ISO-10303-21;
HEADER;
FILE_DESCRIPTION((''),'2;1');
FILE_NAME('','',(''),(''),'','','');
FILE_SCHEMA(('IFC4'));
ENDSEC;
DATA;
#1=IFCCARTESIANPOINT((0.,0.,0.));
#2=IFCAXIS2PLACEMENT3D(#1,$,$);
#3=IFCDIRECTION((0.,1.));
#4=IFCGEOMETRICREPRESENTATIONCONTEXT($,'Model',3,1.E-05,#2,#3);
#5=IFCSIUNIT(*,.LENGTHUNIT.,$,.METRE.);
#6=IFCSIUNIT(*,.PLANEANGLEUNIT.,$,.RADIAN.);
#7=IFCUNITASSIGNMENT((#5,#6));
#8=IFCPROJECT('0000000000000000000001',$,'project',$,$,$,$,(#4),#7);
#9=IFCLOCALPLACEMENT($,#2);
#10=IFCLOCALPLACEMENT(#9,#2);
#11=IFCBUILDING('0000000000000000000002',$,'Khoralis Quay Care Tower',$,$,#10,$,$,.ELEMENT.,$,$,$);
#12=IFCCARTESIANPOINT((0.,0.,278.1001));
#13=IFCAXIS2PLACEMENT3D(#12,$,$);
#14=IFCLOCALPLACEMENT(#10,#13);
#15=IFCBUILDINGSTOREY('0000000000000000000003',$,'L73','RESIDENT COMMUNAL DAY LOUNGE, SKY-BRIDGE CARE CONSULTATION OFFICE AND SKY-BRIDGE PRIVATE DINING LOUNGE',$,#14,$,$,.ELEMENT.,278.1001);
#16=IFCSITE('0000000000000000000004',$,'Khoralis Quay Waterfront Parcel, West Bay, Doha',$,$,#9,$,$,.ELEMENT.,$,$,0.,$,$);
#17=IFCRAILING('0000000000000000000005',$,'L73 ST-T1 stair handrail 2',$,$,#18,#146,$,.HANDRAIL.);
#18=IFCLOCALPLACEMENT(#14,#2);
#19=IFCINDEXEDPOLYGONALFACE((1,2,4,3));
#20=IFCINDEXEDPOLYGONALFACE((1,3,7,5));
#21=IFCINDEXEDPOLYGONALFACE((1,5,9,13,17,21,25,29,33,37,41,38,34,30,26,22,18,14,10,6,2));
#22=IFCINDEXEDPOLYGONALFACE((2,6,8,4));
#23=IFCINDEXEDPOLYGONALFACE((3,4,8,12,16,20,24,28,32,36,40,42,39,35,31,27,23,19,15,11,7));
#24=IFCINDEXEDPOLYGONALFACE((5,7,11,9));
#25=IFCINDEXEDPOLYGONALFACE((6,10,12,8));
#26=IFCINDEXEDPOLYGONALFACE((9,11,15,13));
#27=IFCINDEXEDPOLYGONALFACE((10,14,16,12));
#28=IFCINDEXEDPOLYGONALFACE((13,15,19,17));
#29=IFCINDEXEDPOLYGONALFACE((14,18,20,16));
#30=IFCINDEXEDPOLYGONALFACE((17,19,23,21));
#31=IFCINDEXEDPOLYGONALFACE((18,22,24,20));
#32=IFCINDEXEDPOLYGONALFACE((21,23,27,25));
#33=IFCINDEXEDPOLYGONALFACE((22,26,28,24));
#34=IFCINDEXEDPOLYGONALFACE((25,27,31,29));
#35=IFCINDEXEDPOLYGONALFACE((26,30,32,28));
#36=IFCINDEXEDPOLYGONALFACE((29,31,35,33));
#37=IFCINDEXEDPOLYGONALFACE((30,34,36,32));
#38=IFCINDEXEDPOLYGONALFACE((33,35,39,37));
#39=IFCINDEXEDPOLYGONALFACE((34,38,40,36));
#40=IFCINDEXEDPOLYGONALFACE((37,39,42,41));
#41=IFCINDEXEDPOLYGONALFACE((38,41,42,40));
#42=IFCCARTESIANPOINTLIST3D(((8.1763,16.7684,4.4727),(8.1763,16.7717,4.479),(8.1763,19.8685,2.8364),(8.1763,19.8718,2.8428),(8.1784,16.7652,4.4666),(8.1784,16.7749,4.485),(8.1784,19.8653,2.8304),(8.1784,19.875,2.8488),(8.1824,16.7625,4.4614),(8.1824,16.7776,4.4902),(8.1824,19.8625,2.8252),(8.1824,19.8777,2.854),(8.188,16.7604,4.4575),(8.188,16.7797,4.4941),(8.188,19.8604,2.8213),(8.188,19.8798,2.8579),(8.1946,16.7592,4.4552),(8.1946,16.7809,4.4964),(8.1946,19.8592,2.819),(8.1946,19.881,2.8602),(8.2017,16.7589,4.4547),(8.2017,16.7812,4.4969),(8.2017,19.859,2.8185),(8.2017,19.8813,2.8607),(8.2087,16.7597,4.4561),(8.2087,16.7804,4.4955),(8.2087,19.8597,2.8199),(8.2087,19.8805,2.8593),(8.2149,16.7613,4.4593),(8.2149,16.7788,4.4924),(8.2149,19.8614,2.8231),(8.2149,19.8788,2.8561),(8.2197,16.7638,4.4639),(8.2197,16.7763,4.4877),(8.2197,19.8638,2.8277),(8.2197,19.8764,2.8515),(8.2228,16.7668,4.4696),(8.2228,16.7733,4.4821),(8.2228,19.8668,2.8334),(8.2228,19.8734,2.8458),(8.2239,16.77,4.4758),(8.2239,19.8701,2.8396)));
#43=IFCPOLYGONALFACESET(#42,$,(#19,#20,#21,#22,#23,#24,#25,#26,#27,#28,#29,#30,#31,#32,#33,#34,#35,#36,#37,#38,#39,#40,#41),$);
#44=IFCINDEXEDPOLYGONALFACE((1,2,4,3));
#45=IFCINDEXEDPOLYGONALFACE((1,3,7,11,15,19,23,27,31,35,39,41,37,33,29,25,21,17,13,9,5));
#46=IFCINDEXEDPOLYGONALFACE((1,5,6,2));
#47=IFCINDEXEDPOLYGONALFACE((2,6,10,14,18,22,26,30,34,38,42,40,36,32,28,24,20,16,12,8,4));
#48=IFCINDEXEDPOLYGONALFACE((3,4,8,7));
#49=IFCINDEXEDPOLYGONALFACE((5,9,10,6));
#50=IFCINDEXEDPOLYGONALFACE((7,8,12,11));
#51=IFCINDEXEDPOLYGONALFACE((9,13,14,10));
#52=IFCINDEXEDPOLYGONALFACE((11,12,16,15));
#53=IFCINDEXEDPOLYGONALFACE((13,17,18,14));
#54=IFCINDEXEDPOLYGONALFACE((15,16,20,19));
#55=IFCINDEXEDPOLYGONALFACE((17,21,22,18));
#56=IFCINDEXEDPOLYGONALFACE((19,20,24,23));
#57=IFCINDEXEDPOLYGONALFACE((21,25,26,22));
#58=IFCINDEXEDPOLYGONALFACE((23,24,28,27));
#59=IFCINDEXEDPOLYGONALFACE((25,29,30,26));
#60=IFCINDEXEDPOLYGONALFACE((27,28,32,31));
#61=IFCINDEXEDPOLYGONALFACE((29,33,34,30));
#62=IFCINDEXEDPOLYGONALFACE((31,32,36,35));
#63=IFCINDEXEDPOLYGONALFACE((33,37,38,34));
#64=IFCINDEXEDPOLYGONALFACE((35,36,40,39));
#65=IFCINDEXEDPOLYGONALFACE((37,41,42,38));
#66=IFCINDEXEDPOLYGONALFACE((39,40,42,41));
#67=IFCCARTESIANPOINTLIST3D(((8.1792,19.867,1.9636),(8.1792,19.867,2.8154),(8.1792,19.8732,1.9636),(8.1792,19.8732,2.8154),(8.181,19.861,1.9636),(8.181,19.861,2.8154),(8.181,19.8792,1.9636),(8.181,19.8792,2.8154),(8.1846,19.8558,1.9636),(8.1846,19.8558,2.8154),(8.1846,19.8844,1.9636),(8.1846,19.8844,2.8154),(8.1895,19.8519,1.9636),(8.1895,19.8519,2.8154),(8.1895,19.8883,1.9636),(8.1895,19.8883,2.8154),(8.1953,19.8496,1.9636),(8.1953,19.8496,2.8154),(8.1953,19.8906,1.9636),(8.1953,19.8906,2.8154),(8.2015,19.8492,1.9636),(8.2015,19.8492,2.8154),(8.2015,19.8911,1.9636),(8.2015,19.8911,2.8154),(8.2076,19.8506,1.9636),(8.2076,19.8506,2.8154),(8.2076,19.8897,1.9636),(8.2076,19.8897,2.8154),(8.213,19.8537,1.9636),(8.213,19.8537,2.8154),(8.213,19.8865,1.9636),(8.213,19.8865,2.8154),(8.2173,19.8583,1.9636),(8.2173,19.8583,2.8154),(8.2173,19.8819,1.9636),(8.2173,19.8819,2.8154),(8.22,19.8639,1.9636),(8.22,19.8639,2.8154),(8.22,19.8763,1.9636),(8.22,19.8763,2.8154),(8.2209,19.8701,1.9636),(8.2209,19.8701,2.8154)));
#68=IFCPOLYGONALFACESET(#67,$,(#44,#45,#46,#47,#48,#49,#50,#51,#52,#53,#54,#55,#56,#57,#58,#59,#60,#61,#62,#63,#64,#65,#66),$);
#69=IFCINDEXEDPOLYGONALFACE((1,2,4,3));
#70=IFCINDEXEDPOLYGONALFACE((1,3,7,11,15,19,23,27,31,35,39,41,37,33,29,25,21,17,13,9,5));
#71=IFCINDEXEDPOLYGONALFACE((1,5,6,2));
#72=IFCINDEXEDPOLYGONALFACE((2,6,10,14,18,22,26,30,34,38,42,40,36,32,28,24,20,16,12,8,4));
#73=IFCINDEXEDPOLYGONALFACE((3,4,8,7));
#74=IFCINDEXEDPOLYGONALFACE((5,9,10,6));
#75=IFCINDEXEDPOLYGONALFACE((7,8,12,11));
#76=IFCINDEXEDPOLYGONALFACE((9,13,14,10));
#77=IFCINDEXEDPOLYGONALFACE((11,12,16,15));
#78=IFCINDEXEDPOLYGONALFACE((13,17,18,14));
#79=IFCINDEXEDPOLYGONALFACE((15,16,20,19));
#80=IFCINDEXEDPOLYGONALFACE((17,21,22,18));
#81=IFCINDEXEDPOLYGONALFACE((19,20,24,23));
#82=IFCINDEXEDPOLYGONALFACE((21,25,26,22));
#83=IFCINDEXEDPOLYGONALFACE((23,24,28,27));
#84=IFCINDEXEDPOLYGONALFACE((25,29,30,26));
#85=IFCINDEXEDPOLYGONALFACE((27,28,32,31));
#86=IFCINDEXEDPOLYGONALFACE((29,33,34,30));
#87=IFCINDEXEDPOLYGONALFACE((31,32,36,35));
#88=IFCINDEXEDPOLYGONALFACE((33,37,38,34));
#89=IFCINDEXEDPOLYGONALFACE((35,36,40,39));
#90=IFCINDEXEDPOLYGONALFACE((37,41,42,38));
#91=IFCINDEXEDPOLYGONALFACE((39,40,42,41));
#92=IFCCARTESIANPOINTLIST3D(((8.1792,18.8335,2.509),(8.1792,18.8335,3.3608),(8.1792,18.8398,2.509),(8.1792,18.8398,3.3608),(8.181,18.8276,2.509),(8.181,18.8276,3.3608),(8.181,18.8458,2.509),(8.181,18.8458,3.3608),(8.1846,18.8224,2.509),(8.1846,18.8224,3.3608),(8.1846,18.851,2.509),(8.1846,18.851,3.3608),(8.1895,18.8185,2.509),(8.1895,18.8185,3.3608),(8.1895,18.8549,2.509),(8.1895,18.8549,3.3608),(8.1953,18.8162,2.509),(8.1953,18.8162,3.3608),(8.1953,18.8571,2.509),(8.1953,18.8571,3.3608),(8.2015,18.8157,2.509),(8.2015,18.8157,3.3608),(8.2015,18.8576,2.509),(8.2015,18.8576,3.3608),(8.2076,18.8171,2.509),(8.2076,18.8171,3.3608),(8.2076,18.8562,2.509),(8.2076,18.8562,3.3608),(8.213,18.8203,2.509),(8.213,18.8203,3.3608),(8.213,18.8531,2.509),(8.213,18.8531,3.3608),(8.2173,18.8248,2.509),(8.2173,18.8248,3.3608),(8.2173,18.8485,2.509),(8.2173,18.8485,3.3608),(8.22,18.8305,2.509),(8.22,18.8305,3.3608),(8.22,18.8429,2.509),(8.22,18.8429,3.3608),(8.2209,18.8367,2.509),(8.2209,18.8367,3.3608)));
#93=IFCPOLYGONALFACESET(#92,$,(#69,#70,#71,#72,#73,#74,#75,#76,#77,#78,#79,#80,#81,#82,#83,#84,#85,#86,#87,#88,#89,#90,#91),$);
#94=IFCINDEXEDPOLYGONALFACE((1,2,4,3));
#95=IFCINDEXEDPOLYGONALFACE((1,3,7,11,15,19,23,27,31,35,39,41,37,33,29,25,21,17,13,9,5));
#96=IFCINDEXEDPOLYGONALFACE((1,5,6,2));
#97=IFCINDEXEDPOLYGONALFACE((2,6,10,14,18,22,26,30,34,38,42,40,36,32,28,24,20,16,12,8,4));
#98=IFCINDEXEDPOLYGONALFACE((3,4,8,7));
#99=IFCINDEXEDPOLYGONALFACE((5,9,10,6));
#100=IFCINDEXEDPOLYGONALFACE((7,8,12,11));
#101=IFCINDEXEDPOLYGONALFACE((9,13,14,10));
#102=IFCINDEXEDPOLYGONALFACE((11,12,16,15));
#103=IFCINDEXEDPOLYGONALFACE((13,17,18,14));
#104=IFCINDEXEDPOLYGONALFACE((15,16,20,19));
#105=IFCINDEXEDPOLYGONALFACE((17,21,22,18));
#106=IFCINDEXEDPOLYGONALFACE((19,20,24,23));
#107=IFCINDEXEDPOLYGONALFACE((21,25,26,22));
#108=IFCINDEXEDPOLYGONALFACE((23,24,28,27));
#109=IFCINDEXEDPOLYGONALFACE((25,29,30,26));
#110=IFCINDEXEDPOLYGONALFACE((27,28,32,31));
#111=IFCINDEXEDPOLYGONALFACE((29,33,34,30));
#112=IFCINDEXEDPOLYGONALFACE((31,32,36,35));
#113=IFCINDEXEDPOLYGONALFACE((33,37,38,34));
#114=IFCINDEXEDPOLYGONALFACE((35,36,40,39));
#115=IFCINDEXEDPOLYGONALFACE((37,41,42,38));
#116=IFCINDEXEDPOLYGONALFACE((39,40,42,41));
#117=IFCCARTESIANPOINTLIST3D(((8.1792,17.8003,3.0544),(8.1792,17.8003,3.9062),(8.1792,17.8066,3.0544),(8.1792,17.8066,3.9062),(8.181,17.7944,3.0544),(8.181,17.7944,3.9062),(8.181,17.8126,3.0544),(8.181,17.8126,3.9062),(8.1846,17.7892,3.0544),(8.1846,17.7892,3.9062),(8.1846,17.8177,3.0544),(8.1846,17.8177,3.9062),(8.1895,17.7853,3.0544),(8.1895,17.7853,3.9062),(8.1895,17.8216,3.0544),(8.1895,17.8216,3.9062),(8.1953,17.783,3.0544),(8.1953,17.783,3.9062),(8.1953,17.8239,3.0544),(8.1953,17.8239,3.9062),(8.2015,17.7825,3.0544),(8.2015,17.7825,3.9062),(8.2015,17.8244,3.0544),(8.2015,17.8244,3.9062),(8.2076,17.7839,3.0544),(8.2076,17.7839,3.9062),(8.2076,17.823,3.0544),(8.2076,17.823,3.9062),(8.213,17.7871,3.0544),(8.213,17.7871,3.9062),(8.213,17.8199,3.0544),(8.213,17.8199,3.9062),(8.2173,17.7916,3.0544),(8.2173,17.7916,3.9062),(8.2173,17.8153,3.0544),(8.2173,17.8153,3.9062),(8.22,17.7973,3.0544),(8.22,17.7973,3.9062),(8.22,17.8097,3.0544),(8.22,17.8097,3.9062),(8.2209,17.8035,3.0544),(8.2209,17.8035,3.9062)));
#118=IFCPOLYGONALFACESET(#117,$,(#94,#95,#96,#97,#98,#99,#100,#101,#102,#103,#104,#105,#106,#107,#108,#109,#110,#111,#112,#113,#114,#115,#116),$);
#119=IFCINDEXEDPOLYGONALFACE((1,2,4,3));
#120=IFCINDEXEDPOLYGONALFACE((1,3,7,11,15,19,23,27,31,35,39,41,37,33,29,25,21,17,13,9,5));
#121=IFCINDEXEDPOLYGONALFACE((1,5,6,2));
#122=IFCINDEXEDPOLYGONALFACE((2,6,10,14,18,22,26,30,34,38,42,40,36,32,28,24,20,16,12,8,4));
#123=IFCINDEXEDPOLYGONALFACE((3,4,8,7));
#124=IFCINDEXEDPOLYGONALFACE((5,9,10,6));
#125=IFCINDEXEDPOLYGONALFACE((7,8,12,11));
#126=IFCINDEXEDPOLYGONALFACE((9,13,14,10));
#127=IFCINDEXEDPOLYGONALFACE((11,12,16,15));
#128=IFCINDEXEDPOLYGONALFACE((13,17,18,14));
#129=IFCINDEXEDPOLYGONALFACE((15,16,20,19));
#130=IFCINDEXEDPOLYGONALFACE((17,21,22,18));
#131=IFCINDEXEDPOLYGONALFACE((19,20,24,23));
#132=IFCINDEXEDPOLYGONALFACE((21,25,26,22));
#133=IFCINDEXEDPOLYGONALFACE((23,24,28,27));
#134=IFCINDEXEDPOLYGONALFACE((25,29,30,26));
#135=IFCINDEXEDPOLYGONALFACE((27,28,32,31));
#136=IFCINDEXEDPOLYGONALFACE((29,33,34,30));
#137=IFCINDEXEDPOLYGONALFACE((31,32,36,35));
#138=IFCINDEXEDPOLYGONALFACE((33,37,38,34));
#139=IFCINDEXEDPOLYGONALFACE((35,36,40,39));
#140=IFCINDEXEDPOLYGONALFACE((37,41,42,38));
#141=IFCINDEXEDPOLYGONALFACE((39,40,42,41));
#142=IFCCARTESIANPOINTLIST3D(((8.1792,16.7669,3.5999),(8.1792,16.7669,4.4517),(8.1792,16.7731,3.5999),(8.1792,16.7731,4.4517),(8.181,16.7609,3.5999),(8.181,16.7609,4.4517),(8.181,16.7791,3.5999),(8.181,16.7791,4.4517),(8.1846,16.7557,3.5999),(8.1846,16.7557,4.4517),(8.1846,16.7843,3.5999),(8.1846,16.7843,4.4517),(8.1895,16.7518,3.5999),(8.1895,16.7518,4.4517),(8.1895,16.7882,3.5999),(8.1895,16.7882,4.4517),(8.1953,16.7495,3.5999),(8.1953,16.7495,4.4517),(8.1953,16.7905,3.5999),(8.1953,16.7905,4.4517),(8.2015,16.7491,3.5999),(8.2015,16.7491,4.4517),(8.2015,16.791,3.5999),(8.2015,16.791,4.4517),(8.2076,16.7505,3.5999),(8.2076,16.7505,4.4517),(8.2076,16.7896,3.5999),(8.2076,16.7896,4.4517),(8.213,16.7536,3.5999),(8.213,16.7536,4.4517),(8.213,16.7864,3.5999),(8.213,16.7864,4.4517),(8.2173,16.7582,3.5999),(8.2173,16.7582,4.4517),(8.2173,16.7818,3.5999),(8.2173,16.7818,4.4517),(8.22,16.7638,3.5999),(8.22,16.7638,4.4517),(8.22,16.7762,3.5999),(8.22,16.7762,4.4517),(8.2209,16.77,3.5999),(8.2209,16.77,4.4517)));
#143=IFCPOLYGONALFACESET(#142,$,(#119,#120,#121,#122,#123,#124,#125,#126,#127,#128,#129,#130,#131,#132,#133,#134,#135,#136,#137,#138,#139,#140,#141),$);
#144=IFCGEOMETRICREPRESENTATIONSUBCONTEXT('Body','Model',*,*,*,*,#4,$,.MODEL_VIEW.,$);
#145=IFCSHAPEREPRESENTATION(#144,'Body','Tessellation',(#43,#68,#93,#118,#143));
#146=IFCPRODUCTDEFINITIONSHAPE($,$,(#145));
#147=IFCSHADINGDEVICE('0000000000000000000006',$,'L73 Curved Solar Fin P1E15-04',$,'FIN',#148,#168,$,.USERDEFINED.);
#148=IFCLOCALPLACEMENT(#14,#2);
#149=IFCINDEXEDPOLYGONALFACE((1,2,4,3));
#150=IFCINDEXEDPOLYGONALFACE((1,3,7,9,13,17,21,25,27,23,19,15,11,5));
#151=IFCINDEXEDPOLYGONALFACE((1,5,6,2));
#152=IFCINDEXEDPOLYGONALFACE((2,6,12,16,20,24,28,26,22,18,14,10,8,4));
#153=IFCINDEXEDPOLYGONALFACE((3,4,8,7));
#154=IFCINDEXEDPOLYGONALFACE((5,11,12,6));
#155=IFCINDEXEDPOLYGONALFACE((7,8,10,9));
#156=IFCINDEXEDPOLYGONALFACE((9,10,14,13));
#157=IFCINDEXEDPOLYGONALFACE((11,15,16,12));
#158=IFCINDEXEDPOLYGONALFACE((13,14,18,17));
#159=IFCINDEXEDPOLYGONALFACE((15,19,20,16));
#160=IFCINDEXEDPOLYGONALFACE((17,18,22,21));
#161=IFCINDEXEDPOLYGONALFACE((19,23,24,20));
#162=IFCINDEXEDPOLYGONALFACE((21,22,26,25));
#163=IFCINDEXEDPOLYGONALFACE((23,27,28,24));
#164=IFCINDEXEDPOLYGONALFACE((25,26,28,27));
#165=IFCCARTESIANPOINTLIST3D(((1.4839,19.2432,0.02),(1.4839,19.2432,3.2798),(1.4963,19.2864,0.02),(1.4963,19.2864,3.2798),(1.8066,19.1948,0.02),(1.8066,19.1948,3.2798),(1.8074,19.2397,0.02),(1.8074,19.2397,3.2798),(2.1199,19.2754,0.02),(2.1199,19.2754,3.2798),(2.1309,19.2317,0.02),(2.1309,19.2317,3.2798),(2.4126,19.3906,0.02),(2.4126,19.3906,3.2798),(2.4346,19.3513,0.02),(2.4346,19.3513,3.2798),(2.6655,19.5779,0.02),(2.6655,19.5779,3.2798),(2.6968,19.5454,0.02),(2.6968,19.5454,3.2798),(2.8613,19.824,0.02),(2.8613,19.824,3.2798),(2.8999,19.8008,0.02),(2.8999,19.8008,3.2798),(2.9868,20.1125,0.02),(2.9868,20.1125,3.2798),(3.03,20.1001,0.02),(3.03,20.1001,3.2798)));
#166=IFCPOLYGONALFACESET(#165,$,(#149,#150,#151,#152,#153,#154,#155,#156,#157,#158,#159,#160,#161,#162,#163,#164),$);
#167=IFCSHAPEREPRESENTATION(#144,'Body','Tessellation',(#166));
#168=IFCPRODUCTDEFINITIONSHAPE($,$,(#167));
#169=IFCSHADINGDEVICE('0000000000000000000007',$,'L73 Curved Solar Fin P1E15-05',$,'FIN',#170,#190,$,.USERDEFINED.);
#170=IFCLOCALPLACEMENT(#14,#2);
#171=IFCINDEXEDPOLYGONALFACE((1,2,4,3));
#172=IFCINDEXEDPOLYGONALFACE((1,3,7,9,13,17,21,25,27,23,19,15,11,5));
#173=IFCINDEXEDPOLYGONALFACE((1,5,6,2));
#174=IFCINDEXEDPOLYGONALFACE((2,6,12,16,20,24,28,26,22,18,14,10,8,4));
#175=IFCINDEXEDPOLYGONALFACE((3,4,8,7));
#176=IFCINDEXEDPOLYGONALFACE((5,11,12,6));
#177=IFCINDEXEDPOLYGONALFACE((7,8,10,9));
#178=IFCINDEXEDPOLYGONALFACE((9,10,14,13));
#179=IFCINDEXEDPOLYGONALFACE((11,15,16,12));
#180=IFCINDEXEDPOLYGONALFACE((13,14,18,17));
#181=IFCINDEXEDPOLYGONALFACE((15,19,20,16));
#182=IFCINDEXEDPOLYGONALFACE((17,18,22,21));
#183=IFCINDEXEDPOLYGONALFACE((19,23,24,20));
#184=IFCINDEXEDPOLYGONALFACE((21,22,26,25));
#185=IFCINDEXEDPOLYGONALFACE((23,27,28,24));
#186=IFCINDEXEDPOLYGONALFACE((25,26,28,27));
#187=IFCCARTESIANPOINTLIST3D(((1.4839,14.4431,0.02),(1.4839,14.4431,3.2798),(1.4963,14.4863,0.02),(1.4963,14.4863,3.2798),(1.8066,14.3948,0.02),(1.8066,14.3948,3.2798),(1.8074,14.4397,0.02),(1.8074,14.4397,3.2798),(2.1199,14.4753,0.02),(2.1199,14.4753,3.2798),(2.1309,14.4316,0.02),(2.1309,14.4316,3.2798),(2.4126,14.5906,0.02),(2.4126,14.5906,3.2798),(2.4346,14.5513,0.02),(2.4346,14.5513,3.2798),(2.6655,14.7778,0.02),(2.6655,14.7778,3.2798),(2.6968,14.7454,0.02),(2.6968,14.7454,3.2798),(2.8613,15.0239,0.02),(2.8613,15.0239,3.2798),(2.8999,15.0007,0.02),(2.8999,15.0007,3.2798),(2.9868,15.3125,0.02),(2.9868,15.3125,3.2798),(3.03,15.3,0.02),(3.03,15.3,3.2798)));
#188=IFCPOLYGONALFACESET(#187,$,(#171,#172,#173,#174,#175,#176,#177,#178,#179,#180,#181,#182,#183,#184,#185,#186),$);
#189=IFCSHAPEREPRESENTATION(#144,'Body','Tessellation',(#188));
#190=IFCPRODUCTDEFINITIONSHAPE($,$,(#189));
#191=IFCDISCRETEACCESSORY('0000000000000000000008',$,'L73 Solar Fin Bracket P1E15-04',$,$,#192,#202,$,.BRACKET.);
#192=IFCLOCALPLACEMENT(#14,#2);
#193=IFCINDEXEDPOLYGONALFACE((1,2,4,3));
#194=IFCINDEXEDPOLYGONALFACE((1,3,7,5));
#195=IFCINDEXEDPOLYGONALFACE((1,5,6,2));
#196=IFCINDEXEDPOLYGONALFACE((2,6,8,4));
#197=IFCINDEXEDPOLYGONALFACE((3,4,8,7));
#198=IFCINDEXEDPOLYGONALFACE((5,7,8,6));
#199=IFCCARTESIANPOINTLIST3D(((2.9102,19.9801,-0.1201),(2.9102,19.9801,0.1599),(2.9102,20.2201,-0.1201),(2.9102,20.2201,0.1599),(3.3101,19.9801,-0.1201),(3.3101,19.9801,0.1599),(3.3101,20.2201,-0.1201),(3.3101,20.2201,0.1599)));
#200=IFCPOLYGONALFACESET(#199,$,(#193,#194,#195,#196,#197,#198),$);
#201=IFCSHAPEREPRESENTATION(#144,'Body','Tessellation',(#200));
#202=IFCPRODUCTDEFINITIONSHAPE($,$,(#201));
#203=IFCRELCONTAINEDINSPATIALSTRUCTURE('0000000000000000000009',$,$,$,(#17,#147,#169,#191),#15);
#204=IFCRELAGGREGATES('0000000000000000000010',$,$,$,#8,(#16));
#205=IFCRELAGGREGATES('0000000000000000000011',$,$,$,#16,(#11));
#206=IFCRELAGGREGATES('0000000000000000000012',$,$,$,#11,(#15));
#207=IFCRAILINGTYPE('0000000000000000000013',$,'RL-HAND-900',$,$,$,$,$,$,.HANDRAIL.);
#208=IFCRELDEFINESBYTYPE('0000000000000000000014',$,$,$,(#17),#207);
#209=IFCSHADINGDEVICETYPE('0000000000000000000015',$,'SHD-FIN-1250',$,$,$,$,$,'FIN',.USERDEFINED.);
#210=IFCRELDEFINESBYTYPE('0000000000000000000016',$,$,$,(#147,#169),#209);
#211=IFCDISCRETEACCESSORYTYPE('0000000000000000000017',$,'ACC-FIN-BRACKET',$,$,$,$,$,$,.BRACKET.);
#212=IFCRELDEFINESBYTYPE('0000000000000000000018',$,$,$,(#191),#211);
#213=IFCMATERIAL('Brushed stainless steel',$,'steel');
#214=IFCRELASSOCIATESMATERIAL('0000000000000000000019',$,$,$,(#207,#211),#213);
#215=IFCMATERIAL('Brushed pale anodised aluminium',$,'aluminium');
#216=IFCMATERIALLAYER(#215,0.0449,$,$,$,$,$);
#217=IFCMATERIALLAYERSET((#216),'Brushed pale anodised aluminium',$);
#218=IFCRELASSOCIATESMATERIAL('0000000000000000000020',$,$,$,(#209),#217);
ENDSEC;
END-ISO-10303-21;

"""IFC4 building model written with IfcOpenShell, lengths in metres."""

from ifc_helpers import new_model, si_unit, direction, frame, origin, origin_2d, place, context, subcontext, project, spatial, polyline, rectangle, circle, outline, extrude, source, transform, mapped, material, layer, layer_set, type_object, element, save


model = new_model("IFC4")

# Units and contexts
model_context = context("Model", 3, precision=1e-05, world=origin(), true_north=direction((0.0, 1.0)))
body_context = subcontext(model_context, "Body", "Model", "MODEL_VIEW")
ifc_project = project(units=[si_unit("LENGTHUNIT", "METRE"), si_unit("PLANEANGLEUNIT", "RADIAN")], contexts=[model_context])

# Site, building, storey
site_placement = place(None, origin())
site = spatial("IfcSite", under=ifc_project, at=site_placement, Name="Khoralis Quay Waterfront Parcel, West Bay, Doha", CompositionType="ELEMENT", RefElevation=0.0)
building_placement = place(site_placement, origin())
building = spatial("IfcBuilding", under=site, at=building_placement, Name="Khoralis Quay Care Tower", CompositionType="ELEMENT")
storey_placement = place(building_placement, frame((0.0, 0.0, 278.1001)))
storey = spatial("IfcBuildingStorey", under=building, at=storey_placement, Name="L73", Description="RESIDENT COMMUNAL DAY LOUNGE, SKY-BRIDGE CARE CONSULTATION OFFICE AND SKY-BRIDGE PRIVATE DINING LOUNGE", CompositionType="ELEMENT", Elevation=278.1001)

# Shared definitions
ifc_material_1 = material(Name="Brushed stainless steel", Category="steel")

# Railing
railing_type_1 = type_object("IfcRailingType", Name="RL-HAND-900", PredefinedType="HANDRAIL", material=ifc_material_1)
railing_1_placement = place(storey_placement, frame((8.2, 19.8701, 1.9636)))
element("IfcRailing", 1, at=railing_1_placement, inside=storey, type_object=railing_type_1, Name="L73 ST-T1 stair handrail 2", PredefinedType="HANDRAIL", context=body_context, shape_type="SweptSolid", body=[
    extrude(circle(Radius=0.0239, at=origin_2d()), frame((0.0, 0.0, 0.876), z_axis=(0.0, -0.884377, 0.466774), x_axis=(1.0, 0.0, 0.0)), (0.0, 0.0, 1.0), 3.5054),
    extrude(circle(Radius=0.021, at=origin_2d()), origin(), (0.0, 0.0, 1.0), 0.8518),
    extrude(circle(Radius=0.021, at=origin_2d()), frame((0.0, -1.0334, 0.5454)), (0.0, 0.0, 1.0), 0.8518),
    extrude(circle(Radius=0.021, at=origin_2d()), frame((0.0, -2.0667, 1.0908)), (0.0, 0.0, 1.0), 0.8518),
    extrude(circle(Radius=0.021, at=origin_2d()), frame((0.0, -3.1001, 1.6362)), (0.0, 0.0, 1.0), 0.8518),
])

# Shading devices
ifc_material_2 = material(Name="Brushed pale anodised aluminium", Category="aluminium")
ifc_layer_1 = layer(ifc_material_2, 0.0449)
ifc_layer_set_1 = layer_set([ifc_layer_1], Name="Brushed pale anodised aluminium")
shading_device_type = type_object("IfcShadingDeviceType", Name="SHD-FIN-1250", ElementType="FIN", PredefinedType="USERDEFINED", material=ifc_layer_set_1)
shared_shape_1 = source(origin(), body_context, "Body", "SweptSolid", [
    extrude(outline(polyline([(0.0, 0.0), (0.1301, 0.2993), (0.3333, 0.5547), (0.5955, 0.7488), (0.8992, 0.8684), (1.2234, 0.9053), (1.5461, 0.8569), (1.5337, 0.8137), (1.2227, 0.8604), (0.9102, 0.8247), (0.6174, 0.7095), (0.3645, 0.5222), (0.1687, 0.2761), (0.0432, -0.0125), (0.0, 0.0)])), origin(), (0.0, 0.0, 1.0), 3.2598),
])
for number, where, z_axis, x_axis, name in (
    (2, (3.03, 20.1001, 0.02), (0.0, 0.0, 1.0), (-1.0, 0.0, 0.0), "L73 Curved Solar Fin P1E15-04"),
    (3, (3.03, 15.3, 0.02), (0.0, 0.0, 1.0), (-1.0, 0.0, 0.0), "L73 Curved Solar Fin P1E15-05"),
):
    element("IfcShadingDevice", number, at=place(storey_placement, frame(where, z_axis=z_axis, x_axis=x_axis)), inside=storey, type_object=shading_device_type, Name=name, ObjectType="FIN", PredefinedType="USERDEFINED", context=body_context, shape_type="MappedRepresentation", body=[
        mapped(shared_shape_1, transform((0.0, 0.0, 0.0), scale=1.0)),
    ])

# Discrete accessory
discrete_accessory_type = type_object("IfcDiscreteAccessoryType", Name="ACC-FIN-BRACKET", PredefinedType="BRACKET", material=ifc_material_1)
shared_shape_2 = source(origin(), body_context, "Body", "SweptSolid", [
    extrude(rectangle(XDim=0.3999, YDim=0.24, at=origin_2d()), origin(), (0.0, 0.0, 1.0), 0.28),
])
for number, where, z_axis, x_axis, name in (
    (4, (3.1101, 20.1001, -0.1201), (0.0, 0.0, 1.0), (-1.0, 0.0, 0.0), "L73 Solar Fin Bracket P1E15-04"),
):
    element("IfcDiscreteAccessory", number, at=place(storey_placement, frame(where, z_axis=z_axis, x_axis=x_axis)), inside=storey, type_object=discrete_accessory_type, Name=name, PredefinedType="BRACKET", context=body_context, shape_type="MappedRepresentation", body=[
        mapped(shared_shape_2, transform((0.0, 0.0, 0.0), scale=1.0)),
    ])

save(model, "model.ifc")
